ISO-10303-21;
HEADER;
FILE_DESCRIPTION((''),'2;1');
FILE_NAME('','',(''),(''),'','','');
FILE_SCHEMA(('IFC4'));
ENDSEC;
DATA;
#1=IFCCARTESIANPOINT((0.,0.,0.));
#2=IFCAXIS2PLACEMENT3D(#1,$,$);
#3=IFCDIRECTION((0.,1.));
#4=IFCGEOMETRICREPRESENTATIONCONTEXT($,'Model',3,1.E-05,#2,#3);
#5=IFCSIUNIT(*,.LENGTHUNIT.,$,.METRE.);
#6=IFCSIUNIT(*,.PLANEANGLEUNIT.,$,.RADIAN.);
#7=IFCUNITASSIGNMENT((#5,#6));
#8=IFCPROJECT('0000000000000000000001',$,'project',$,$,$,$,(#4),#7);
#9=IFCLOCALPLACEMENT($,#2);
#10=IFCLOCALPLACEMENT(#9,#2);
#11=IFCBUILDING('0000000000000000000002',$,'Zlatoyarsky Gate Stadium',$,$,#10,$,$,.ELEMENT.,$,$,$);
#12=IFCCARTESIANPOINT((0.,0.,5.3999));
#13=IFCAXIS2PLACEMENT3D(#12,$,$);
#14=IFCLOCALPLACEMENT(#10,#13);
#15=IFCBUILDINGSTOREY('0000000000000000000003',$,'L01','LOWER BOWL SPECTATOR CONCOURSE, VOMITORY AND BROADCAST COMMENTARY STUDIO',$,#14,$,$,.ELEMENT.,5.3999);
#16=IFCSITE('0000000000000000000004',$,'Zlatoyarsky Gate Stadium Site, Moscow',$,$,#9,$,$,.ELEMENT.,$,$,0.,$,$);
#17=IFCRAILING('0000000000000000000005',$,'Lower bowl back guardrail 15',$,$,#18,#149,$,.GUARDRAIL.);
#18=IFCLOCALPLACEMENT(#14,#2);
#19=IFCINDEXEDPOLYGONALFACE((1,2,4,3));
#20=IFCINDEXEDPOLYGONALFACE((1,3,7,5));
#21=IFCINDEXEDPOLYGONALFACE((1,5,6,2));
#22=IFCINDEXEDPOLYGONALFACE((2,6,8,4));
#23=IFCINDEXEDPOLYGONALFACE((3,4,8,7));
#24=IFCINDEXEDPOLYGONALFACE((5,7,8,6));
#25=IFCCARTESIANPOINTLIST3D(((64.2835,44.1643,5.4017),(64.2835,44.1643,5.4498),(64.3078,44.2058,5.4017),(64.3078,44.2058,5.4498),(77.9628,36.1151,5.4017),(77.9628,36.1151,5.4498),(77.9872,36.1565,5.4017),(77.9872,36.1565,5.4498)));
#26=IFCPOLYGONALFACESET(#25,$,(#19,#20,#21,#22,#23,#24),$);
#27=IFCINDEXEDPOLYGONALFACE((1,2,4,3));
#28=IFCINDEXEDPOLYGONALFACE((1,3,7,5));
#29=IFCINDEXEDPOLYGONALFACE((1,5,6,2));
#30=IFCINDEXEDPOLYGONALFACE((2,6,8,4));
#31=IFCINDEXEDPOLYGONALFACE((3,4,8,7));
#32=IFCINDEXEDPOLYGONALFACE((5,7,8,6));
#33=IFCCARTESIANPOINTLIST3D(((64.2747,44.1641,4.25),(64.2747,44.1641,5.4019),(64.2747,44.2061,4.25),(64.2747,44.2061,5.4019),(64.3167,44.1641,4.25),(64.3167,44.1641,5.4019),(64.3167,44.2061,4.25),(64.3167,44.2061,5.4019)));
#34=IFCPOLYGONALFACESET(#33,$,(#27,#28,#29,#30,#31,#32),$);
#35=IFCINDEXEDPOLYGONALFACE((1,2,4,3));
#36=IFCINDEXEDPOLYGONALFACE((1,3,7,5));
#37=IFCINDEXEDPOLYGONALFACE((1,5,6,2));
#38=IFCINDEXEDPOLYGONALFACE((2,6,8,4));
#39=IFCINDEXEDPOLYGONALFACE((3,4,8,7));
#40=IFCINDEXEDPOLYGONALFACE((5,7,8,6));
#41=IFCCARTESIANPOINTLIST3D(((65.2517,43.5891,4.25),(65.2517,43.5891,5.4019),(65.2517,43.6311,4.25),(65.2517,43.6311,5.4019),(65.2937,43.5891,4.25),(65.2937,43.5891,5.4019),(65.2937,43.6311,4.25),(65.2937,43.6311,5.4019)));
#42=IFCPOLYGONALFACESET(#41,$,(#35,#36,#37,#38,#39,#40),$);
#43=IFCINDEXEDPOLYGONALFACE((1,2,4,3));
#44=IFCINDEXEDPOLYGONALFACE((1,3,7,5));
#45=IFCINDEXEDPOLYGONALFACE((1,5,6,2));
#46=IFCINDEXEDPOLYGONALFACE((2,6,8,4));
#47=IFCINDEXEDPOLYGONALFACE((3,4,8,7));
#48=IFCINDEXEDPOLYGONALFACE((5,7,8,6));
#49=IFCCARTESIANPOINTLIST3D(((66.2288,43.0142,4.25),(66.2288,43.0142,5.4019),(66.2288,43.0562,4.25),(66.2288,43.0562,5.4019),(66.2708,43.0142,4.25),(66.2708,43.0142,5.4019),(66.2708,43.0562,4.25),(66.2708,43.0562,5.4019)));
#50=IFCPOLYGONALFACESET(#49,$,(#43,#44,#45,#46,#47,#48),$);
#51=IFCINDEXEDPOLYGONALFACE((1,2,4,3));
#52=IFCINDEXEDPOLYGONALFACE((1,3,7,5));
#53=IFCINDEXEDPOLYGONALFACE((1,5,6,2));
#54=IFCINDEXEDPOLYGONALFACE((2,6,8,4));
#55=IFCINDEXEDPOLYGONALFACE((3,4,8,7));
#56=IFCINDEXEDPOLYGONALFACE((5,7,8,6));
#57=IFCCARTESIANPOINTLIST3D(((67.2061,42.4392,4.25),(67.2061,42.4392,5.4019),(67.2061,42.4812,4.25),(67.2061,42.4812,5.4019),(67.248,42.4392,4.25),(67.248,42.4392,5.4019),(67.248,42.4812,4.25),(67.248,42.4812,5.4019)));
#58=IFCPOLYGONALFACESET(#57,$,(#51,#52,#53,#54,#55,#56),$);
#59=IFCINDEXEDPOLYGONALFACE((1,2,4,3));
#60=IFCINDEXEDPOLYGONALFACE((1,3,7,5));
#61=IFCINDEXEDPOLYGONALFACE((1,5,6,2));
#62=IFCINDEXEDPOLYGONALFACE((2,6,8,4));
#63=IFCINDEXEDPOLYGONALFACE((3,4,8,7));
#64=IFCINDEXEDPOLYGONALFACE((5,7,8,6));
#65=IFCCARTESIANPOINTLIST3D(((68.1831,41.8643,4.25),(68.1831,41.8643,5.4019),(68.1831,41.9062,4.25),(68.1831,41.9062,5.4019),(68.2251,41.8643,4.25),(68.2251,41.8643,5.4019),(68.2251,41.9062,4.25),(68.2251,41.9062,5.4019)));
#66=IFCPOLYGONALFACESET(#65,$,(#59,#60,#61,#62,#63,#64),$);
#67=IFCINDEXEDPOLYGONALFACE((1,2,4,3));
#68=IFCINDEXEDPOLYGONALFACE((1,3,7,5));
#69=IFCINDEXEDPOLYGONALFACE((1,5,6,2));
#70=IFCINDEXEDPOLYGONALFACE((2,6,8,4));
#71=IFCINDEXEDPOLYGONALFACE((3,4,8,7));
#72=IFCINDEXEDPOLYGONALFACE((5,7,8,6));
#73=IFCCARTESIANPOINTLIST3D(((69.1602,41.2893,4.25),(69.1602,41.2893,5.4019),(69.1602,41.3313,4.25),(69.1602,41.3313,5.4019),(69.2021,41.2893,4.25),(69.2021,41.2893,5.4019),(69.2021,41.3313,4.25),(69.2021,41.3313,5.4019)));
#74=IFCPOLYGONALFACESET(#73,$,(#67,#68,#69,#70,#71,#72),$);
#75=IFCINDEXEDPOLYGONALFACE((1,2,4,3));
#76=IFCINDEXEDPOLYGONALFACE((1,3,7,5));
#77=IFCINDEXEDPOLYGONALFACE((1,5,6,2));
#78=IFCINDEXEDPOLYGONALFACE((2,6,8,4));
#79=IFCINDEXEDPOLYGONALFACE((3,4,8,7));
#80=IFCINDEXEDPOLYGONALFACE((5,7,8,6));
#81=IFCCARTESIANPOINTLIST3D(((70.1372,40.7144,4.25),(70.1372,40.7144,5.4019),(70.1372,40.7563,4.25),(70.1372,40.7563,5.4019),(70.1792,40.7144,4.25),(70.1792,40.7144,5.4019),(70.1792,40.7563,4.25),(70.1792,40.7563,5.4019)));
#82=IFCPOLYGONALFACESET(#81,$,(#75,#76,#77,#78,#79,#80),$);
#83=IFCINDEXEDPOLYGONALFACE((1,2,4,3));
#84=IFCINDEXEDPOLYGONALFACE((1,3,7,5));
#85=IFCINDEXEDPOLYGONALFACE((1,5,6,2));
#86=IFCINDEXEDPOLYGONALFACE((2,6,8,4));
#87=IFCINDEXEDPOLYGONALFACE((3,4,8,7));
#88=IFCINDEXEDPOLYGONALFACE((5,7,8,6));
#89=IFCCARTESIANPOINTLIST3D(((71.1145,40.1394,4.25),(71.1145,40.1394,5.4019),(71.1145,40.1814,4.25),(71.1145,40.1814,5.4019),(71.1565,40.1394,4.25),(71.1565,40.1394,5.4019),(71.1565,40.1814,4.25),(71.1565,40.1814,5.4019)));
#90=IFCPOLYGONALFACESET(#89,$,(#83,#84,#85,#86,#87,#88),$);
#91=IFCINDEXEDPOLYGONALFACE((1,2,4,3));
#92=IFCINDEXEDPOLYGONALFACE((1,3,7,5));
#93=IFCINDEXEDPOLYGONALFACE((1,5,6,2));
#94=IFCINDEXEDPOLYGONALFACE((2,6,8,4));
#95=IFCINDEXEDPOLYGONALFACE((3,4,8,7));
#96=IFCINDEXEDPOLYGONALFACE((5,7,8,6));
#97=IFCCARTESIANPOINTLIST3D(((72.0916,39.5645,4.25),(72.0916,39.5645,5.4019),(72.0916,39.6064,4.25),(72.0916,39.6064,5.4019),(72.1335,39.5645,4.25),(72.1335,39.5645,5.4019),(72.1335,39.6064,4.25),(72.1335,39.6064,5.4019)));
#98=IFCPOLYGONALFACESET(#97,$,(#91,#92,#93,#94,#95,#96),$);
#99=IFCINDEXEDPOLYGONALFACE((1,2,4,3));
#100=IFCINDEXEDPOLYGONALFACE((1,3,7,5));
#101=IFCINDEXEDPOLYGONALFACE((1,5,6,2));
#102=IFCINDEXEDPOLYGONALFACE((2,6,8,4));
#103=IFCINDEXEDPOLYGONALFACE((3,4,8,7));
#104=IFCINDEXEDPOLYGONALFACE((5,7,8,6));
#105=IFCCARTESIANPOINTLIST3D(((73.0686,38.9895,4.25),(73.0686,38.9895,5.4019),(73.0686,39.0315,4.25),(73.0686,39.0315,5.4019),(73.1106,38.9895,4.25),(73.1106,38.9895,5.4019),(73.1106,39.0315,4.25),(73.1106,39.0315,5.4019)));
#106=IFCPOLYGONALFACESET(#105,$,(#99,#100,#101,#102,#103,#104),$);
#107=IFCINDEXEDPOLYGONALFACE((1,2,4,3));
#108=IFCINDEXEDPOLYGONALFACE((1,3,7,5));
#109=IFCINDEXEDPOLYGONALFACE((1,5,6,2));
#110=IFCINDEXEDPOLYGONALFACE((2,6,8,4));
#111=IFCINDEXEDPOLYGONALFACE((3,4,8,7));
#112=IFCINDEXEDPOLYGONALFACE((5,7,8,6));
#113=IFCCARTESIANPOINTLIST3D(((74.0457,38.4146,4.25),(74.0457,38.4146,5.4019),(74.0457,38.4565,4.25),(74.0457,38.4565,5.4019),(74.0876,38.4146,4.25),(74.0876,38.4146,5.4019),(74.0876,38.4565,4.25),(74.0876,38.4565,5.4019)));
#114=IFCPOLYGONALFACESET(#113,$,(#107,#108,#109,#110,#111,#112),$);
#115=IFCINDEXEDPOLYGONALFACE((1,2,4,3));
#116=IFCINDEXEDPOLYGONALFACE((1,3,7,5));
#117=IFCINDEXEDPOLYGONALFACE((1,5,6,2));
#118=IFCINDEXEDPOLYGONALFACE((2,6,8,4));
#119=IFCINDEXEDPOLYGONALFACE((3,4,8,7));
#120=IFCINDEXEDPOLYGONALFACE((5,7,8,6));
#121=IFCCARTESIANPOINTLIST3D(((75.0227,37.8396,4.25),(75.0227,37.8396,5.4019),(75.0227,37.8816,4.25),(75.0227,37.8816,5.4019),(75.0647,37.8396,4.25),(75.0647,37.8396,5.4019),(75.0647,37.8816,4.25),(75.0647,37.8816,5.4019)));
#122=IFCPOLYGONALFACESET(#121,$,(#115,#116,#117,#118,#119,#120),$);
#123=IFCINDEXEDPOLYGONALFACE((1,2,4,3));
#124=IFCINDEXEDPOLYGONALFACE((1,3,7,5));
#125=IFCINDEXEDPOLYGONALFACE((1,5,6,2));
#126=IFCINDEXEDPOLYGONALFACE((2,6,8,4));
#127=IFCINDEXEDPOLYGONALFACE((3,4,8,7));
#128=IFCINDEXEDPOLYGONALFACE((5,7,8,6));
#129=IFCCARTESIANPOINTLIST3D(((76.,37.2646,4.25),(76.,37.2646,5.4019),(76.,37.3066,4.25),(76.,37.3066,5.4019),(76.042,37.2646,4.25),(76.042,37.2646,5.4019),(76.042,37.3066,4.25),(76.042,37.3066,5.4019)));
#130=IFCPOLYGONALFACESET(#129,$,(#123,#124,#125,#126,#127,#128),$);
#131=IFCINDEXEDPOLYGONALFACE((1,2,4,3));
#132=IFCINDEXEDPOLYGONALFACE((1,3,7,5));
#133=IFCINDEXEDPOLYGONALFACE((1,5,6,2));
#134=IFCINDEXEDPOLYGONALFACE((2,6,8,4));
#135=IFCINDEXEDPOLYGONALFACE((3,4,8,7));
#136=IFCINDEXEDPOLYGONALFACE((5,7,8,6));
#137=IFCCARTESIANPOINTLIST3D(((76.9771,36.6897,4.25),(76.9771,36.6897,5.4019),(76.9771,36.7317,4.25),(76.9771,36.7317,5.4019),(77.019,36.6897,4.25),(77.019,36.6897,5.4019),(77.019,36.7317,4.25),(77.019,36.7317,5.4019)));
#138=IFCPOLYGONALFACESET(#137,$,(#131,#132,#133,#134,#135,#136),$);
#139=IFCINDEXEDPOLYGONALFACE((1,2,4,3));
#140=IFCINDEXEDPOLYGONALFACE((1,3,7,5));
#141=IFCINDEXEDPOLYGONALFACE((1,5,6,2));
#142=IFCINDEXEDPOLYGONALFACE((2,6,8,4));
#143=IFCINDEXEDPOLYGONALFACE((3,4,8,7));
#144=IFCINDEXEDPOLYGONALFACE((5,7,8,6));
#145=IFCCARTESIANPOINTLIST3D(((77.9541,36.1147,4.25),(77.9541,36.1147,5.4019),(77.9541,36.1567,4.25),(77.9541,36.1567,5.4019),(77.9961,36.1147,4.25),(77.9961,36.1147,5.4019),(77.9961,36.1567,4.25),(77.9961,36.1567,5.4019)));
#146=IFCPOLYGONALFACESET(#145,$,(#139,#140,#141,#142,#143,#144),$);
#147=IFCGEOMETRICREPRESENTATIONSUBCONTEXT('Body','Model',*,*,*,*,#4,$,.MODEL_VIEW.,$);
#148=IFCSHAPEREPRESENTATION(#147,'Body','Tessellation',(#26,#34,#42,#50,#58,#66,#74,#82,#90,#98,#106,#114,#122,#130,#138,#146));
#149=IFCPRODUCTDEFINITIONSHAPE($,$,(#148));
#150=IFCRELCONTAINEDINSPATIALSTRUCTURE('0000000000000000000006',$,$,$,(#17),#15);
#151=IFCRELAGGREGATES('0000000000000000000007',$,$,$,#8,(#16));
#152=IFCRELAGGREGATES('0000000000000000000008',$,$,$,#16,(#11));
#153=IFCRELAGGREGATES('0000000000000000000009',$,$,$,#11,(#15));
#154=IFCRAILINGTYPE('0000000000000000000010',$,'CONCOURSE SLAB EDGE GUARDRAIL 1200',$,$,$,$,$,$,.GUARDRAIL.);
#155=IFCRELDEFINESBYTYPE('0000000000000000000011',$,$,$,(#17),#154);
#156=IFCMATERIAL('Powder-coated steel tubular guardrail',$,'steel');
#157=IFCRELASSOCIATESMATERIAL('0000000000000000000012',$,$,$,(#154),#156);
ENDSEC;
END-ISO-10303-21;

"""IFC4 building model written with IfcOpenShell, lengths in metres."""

from ifc_helpers import new_model, si_unit, direction, frame, origin, origin_2d, place, context, subcontext, project, spatial, rectangle, extrude, material, type_object, element, save


model = new_model("IFC4")

# Units and contexts
model_context = context("Model", 3, precision=1e-05, world=origin(), true_north=direction((0.0, 1.0)))
body_context = subcontext(model_context, "Body", "Model", "MODEL_VIEW")
ifc_project = project(units=[si_unit("LENGTHUNIT", "METRE"), si_unit("PLANEANGLEUNIT", "RADIAN")], contexts=[model_context])

# Site, building, storey
site_placement = place(None, origin())
site = spatial("IfcSite", under=ifc_project, at=site_placement, Name="Zlatoyarsky Gate Stadium Site, Moscow", CompositionType="ELEMENT", RefElevation=0.0)
building_placement = place(site_placement, origin())
building = spatial("IfcBuilding", under=site, at=building_placement, Name="Zlatoyarsky Gate Stadium", CompositionType="ELEMENT")
storey_placement = place(building_placement, frame((0.0, 0.0, 5.3999)))
storey = spatial("IfcBuildingStorey", under=building, at=storey_placement, Name="L01", Description="LOWER BOWL SPECTATOR CONCOURSE, VOMITORY AND BROADCAST COMMENTARY STUDIO", CompositionType="ELEMENT", Elevation=5.3999)

# Railing
ifc_material_1 = material(Name="Powder-coated steel tubular guardrail", Category="steel")
railing_type_1 = type_object("IfcRailingType", Name="CONCOURSE SLAB EDGE GUARDRAIL 1200", PredefinedType="GUARDRAIL", material=ifc_material_1)
railing_1_placement = place(storey_placement, frame((64.2957, 44.1851, 4.25)))
element("IfcRailing", 1, at=railing_1_placement, inside=storey, type_object=railing_type_1, Name="Lower bowl back guardrail 15", PredefinedType="GUARDRAIL", context=body_context, shape_type="SweptSolid", body=[
    extrude(rectangle(XDim=0.0481, YDim=0.0481, at=origin_2d()), frame((0.0, 0.0, 1.1758), z_axis=(0.861863, -0.507141, 0.0), x_axis=(0.507141, 0.861863, 0.0)), (0.0, 0.0, 1.0), 15.8718),
    extrude(rectangle(XDim=0.042, YDim=0.042, at=origin_2d()), origin(), (0.0, 0.0, 1.0), 1.1519),
    extrude(rectangle(XDim=0.042, YDim=0.042, at=origin_2d()), frame((0.9771, -0.575, 0.0)), (0.0, 0.0, 1.0), 1.1519),
    extrude(rectangle(XDim=0.042, YDim=0.042, at=origin_2d()), frame((1.9541, -1.1499, 0.0)), (0.0, 0.0, 1.0), 1.1519),
    extrude(rectangle(XDim=0.042, YDim=0.042, at=origin_2d()), frame((2.9314, -1.7249, 0.0)), (0.0, 0.0, 1.0), 1.1519),
    extrude(rectangle(XDim=0.042, YDim=0.042, at=origin_2d()), frame((3.9084, -2.2998, 0.0)), (0.0, 0.0, 1.0), 1.1519),
    extrude(rectangle(XDim=0.042, YDim=0.042, at=origin_2d()), frame((4.8855, -2.8748, 0.0)), (0.0, 0.0, 1.0), 1.1519),
    extrude(rectangle(XDim=0.042, YDim=0.042, at=origin_2d()), frame((5.8625, -3.4497, 0.0)), (0.0, 0.0, 1.0), 1.1519),
    extrude(rectangle(XDim=0.042, YDim=0.042, at=origin_2d()), frame((6.8398, -4.0247, 0.0)), (0.0, 0.0, 1.0), 1.1519),
    extrude(rectangle(XDim=0.042, YDim=0.042, at=origin_2d()), frame((7.8169, -4.5996, 0.0)), (0.0, 0.0, 1.0), 1.1519),
    extrude(rectangle(XDim=0.042, YDim=0.042, at=origin_2d()), frame((8.7939, -5.1746, 0.0)), (0.0, 0.0, 1.0), 1.1519),
    extrude(rectangle(XDim=0.042, YDim=0.042, at=origin_2d()), frame((9.771, -5.7495, 0.0)), (0.0, 0.0, 1.0), 1.1519),
    extrude(rectangle(XDim=0.042, YDim=0.042, at=origin_2d()), frame((10.748, -6.3245, 0.0)), (0.0, 0.0, 1.0), 1.1519),
    extrude(rectangle(XDim=0.042, YDim=0.042, at=origin_2d()), frame((11.7253, -6.8994, 0.0)), (0.0, 0.0, 1.0), 1.1519),
    extrude(rectangle(XDim=0.042, YDim=0.042, at=origin_2d()), frame((12.7024, -7.4744, 0.0)), (0.0, 0.0, 1.0), 1.1519),
    extrude(rectangle(XDim=0.042, YDim=0.042, at=origin_2d()), frame((13.6794, -8.0493, 0.0)), (0.0, 0.0, 1.0), 1.1519),
])

save(model, "model.ifc")
